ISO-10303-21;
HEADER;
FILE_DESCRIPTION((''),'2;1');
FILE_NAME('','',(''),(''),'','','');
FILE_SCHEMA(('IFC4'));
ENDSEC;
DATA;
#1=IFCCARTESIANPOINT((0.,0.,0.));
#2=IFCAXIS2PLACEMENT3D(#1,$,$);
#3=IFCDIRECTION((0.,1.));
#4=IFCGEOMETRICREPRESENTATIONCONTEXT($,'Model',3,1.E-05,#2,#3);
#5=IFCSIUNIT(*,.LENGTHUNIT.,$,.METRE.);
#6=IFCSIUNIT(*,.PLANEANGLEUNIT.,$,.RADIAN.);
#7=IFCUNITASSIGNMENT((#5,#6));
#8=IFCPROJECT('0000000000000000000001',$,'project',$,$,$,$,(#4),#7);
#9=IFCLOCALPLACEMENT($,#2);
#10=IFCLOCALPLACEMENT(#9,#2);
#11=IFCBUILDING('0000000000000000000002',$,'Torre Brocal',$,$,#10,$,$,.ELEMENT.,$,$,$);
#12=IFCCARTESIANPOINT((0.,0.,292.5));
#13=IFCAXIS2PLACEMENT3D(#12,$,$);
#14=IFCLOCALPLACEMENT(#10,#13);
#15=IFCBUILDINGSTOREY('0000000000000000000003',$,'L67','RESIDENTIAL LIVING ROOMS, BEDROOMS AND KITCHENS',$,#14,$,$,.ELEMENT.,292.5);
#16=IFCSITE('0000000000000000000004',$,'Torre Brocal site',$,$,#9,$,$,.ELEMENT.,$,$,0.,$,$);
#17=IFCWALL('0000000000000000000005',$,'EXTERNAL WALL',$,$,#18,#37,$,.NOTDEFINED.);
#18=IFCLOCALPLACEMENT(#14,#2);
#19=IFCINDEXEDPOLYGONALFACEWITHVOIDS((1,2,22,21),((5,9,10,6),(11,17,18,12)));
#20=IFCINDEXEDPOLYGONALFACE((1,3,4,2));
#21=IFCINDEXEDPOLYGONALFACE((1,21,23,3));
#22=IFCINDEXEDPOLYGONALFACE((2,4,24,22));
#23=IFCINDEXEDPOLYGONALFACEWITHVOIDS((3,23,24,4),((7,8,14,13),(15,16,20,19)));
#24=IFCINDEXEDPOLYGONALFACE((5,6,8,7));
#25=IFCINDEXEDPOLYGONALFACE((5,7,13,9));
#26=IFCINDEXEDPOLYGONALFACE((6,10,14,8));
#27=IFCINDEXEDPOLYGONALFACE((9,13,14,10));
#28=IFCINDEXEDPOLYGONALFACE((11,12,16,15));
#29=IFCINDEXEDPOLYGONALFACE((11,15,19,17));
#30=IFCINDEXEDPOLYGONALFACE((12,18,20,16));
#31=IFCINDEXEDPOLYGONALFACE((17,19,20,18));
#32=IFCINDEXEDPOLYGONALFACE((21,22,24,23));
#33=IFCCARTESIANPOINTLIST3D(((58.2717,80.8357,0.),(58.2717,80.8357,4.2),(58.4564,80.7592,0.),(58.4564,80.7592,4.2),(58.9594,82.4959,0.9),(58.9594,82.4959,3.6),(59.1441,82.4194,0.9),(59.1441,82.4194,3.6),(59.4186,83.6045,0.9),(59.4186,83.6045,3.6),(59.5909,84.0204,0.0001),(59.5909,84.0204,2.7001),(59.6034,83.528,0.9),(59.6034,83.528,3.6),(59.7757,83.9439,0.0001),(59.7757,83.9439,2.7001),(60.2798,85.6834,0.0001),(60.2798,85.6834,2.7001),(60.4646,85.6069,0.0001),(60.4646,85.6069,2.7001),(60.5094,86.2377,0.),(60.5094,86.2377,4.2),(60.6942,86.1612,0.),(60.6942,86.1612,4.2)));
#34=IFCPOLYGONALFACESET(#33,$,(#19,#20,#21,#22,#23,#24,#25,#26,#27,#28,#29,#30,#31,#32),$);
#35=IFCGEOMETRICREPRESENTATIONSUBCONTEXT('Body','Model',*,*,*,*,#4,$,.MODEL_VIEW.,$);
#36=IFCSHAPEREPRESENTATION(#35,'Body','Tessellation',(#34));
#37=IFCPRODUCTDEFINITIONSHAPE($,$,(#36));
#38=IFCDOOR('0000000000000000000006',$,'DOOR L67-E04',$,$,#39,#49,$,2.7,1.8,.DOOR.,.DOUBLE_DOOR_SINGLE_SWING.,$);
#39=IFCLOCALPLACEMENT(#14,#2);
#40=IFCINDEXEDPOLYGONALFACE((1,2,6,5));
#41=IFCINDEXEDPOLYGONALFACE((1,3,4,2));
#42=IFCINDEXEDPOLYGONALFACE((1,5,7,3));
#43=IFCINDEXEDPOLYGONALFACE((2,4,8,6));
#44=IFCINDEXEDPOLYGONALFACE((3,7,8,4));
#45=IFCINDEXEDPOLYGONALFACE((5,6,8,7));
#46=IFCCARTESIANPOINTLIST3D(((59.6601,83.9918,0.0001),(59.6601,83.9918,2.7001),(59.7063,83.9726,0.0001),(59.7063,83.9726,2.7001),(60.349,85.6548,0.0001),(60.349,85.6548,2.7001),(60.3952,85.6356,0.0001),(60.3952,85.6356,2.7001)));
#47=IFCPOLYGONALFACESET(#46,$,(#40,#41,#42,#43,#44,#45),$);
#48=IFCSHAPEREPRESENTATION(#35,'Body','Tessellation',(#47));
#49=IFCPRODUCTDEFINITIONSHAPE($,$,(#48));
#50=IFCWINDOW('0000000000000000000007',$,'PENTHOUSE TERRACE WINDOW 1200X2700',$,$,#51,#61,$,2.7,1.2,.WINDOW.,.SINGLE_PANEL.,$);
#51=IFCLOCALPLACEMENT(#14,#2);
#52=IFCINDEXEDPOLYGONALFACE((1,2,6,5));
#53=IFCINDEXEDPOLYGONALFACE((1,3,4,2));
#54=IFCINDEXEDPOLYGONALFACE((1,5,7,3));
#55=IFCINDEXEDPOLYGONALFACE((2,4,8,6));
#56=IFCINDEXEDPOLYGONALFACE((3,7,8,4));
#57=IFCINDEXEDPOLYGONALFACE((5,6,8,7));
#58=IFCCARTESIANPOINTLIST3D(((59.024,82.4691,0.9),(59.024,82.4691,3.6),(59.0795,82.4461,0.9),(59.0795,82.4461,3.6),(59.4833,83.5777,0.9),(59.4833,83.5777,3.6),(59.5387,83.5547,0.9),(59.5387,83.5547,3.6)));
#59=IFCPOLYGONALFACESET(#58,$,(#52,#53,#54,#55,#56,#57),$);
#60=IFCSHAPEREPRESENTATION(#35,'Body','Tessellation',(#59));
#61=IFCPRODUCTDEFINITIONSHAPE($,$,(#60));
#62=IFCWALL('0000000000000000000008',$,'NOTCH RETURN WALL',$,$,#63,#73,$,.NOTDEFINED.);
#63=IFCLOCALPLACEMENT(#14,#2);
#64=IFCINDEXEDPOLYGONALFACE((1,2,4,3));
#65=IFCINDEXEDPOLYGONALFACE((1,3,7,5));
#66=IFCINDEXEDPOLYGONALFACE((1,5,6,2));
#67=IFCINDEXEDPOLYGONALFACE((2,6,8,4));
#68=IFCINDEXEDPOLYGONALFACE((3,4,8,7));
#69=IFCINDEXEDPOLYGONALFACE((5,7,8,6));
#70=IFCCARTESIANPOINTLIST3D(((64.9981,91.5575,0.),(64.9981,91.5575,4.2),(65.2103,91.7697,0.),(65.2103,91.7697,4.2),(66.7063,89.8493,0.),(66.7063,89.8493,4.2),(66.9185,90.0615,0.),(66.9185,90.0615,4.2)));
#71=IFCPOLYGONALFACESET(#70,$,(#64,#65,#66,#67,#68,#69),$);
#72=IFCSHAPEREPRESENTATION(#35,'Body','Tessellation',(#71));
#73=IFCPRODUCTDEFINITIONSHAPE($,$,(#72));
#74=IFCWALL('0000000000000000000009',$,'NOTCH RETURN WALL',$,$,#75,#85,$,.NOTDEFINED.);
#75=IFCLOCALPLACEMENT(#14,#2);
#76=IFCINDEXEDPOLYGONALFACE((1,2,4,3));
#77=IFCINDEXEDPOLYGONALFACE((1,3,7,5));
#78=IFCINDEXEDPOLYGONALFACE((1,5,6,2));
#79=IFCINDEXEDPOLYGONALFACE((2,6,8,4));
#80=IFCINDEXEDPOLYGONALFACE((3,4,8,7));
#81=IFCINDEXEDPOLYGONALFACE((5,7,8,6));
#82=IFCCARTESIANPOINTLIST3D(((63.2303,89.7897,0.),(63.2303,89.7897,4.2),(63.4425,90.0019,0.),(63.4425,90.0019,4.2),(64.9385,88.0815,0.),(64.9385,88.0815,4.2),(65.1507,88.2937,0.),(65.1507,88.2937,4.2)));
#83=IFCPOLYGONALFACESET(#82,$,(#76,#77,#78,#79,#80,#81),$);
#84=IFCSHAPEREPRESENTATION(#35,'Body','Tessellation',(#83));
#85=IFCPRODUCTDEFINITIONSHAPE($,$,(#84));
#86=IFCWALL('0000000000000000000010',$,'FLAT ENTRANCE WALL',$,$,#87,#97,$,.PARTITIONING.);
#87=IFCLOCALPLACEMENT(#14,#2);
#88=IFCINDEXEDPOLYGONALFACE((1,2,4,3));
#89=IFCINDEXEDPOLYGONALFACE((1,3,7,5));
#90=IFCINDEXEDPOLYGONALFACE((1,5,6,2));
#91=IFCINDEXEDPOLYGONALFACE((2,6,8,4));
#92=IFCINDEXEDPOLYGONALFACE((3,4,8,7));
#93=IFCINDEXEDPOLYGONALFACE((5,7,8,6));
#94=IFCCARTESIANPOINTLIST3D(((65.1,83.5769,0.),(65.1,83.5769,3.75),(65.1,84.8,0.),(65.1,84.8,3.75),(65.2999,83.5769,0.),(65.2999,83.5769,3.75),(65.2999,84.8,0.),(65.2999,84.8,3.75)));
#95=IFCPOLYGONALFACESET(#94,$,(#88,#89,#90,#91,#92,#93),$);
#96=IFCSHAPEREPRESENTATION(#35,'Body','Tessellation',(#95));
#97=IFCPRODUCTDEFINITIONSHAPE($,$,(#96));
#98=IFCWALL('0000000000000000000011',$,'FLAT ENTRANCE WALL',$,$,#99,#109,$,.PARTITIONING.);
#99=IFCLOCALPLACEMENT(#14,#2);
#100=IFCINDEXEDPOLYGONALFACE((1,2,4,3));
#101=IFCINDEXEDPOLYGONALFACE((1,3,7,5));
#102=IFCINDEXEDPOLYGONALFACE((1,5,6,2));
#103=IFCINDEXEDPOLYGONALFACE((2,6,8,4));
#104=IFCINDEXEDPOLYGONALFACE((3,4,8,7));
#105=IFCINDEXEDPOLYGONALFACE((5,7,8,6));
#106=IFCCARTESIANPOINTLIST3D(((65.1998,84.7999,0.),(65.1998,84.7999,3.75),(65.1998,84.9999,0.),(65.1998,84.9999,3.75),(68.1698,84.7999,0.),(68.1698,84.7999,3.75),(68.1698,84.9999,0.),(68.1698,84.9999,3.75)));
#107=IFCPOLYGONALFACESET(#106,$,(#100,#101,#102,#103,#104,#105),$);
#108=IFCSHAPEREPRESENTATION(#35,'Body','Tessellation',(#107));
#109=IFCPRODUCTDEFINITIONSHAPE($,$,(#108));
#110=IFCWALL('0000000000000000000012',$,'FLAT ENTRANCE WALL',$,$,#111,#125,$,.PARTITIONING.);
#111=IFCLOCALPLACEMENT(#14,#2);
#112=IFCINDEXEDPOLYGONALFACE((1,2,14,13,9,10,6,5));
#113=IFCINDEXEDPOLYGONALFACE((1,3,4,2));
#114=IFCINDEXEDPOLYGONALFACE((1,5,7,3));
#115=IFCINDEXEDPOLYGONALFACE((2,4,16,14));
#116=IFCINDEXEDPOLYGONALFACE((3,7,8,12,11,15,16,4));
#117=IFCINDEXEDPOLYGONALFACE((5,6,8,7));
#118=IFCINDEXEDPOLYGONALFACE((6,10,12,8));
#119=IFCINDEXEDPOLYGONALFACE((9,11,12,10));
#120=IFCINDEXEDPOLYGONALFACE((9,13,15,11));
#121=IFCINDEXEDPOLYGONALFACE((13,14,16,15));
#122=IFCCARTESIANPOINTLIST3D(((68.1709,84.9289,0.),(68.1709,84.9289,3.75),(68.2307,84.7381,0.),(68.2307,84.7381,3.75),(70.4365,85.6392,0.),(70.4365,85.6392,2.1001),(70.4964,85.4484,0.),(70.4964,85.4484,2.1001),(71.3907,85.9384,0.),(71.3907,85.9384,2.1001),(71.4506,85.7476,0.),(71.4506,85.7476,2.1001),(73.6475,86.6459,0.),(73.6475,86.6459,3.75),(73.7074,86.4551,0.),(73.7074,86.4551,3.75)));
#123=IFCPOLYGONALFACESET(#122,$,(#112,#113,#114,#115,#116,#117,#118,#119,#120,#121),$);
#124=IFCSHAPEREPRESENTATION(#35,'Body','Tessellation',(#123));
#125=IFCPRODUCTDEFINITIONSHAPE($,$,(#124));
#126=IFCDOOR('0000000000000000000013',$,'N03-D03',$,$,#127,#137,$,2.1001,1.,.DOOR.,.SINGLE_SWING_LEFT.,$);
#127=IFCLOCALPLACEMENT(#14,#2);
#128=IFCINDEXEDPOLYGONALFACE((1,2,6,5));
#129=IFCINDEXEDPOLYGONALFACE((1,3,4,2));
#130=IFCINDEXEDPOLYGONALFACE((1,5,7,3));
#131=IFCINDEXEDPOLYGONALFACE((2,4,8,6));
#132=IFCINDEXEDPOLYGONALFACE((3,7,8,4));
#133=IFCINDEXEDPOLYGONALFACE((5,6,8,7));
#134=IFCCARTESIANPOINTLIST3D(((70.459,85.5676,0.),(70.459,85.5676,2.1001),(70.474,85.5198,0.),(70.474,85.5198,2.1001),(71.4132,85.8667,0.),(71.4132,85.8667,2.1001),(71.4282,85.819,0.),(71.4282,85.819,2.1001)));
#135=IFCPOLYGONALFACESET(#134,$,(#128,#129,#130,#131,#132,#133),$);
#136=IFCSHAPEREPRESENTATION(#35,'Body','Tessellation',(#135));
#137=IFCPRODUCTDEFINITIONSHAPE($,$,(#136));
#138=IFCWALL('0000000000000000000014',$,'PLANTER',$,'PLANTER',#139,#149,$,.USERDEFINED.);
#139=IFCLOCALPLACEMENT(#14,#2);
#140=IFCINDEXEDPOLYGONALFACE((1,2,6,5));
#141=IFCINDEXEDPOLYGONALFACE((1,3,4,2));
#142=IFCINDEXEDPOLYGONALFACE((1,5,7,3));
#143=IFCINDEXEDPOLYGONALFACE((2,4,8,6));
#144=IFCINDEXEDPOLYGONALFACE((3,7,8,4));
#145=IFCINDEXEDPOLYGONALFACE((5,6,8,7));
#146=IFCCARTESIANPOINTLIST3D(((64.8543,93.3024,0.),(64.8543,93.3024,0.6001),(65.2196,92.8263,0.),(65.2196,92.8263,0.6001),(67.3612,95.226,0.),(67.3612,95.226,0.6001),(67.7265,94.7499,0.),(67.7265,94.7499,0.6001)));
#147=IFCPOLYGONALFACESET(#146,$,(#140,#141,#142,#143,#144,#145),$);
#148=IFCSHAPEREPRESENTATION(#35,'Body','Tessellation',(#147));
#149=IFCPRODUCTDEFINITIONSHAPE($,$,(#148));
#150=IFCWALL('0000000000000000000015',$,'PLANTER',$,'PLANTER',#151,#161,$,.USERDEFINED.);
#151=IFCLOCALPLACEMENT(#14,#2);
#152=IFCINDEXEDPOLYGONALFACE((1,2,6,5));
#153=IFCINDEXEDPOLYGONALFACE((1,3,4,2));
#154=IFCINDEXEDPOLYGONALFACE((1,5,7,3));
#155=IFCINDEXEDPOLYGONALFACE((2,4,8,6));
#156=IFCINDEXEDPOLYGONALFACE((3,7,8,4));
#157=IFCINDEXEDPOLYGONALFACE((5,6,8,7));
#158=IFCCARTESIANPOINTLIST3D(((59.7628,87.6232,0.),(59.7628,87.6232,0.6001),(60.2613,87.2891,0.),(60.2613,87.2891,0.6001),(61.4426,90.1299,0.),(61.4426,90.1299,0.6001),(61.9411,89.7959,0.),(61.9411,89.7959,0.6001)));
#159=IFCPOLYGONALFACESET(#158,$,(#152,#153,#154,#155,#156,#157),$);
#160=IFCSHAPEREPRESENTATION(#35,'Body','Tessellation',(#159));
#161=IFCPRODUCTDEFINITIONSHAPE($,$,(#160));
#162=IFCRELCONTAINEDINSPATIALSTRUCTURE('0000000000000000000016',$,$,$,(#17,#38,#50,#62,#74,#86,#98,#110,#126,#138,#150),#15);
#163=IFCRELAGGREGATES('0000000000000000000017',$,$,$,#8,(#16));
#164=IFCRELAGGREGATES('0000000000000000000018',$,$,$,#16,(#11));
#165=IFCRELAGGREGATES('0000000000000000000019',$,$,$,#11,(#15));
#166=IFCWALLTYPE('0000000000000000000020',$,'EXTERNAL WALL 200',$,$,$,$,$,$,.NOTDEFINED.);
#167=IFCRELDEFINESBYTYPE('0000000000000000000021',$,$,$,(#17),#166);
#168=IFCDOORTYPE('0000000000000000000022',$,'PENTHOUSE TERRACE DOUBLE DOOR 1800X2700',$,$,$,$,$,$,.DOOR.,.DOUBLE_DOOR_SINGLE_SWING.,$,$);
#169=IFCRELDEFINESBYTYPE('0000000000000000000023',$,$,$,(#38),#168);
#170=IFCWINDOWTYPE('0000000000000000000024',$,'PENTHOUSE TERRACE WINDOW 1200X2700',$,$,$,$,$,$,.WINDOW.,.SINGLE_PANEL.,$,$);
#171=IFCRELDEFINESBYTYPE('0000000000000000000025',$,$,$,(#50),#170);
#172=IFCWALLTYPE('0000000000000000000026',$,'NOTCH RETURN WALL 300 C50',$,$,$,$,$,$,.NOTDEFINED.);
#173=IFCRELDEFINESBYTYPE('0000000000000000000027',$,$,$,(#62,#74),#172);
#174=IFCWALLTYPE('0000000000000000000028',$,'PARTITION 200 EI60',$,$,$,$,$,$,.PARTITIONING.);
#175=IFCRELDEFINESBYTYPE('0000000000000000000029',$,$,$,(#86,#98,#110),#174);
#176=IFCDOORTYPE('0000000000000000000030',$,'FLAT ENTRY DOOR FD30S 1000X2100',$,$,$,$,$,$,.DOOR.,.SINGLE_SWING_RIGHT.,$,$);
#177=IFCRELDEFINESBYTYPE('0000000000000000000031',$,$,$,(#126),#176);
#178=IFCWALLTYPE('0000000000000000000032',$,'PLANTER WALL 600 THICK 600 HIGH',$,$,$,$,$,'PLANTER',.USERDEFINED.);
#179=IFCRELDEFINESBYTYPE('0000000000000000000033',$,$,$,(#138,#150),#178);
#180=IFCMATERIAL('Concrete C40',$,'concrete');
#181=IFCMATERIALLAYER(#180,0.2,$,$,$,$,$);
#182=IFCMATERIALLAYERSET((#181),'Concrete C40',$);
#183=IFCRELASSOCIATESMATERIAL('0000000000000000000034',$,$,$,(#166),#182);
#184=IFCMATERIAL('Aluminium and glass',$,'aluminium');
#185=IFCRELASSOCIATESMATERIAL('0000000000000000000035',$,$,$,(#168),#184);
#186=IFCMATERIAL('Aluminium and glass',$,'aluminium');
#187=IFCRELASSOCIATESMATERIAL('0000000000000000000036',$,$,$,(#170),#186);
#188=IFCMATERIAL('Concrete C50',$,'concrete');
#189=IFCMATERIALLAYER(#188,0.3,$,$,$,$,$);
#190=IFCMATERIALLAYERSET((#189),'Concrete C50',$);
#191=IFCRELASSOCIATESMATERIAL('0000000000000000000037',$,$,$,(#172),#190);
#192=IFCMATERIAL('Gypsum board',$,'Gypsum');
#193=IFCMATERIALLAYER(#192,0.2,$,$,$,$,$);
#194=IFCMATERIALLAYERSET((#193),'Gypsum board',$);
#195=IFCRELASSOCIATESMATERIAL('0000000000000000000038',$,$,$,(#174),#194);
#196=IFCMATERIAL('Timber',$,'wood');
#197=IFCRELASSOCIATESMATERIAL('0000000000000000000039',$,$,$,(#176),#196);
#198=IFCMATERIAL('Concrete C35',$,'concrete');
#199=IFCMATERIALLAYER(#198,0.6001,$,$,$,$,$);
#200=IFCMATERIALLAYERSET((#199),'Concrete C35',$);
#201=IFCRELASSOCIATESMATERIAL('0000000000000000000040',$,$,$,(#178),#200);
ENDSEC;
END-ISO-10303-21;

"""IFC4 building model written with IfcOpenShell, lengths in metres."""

from ifc_helpers import new_model, si_unit, direction, frame, frame_2d, origin, place, context, subcontext, project, spatial, rectangle, extrude, material, layer, layer_set, type_object, element, fill, save


model = new_model("IFC4")

# Units and contexts
model_context = context("Model", 3, precision=1e-05, world=origin(), true_north=direction((0.0, 1.0)))
body_context = subcontext(model_context, "Body", "Model", "MODEL_VIEW")
ifc_project = project(units=[si_unit("LENGTHUNIT", "METRE"), si_unit("PLANEANGLEUNIT", "RADIAN")], contexts=[model_context])

# Site, building, storey
site_placement = place(None, origin())
site = spatial("IfcSite", under=ifc_project, at=site_placement, Name="Torre Brocal site", CompositionType="ELEMENT", RefElevation=0.0)
building_placement = place(site_placement, origin())
building = spatial("IfcBuilding", under=site, at=building_placement, Name="Torre Brocal", CompositionType="ELEMENT")
storey_placement = place(building_placement, frame((0.0, 0.0, 292.5)))
storey = spatial("IfcBuildingStorey", under=building, at=storey_placement, Name="L67", Description="RESIDENTIAL LIVING ROOMS, BEDROOMS AND KITCHENS", CompositionType="ELEMENT", Elevation=292.5)

# Wall, openings, door, window
ifc_material_1 = material(Name="Concrete C40", Category="concrete")
ifc_layer_1 = layer(ifc_material_1, 0.2)
ifc_layer_set_1 = layer_set([ifc_layer_1], Name="Concrete C40")
wall_type_1 = type_object("IfcWallType", Name="EXTERNAL WALL 200", PredefinedType="NOTDEFINED", material=ifc_layer_set_1)
wall_1_placement = place(storey_placement, frame((60.6018, 86.1995, 0.0), z_axis=(0.0, 0.0, 1.0), x_axis=(-0.382708, -0.923869, 0.0)))
wall_1 = element("IfcWall", 1, at=wall_1_placement, inside=storey, type_object=wall_type_1, Name="EXTERNAL WALL", PredefinedType="NOTDEFINED", context=body_context, shape_type="SweptSolid", body=[
    extrude(rectangle(XDim=5.8472, YDim=0.2, at=frame_2d((2.9236, 0.0))), origin(), (0.0, 0.0, 1.0), 4.2),
])
opening_1_placement = place(wall_1_placement, frame((0.6001, 0.0, 0.0)))
opening_1 = element("IfcOpeningElement", 2, at=opening_1_placement, cuts=wall_1, PredefinedType="OPENING", context=body_context, shape_type="SweptSolid", body=[
    extrude(rectangle(XDim=1.8, YDim=2.7, at=frame_2d((0.8999, 1.3501))), frame((0.0, 0.1099, 0.0), z_axis=(0.0, -1.0, 0.0), x_axis=(1.0, 0.0, 0.0)), (0.0, 0.0, 1.0), 0.22),
])
opening_2_placement = place(wall_1_placement, frame((2.8501, 0.0, 0.8999)))
opening_2 = element("IfcOpeningElement", 3, at=opening_2_placement, cuts=wall_1, PredefinedType="OPENING", context=body_context, shape_type="SweptSolid", body=[
    extrude(rectangle(XDim=1.2, YDim=2.7, at=frame_2d((0.6001, 1.3501))), frame((0.0, 0.1099, 0.0), z_axis=(0.0, -1.0, 0.0), x_axis=(1.0, 0.0, 0.0)), (0.0, 0.0, 1.0), 0.22),
])
ifc_material_2 = material(Name="Aluminium and glass", Category="aluminium")
door_type_1 = type_object("IfcDoorType", Name="PENTHOUSE TERRACE DOUBLE DOOR 1800X2700", OperationType="DOUBLE_DOOR_SINGLE_SWING", PredefinedType="DOOR", material=ifc_material_2)
door_1_placement = place(opening_1_placement, origin())
door_1 = element("IfcDoor", 4, at=door_1_placement, inside=storey, type_object=door_type_1, Name="DOOR L67-E04", OperationType="DOUBLE_DOOR_SINGLE_SWING", OverallHeight=2.7, OverallWidth=1.8, PredefinedType="DOOR", context=body_context, shape_type="SweptSolid", body=[
    extrude(rectangle(XDim=1.8, YDim=2.7, at=frame_2d((0.8999, 1.3501))), frame((0.0, 0.0249, 0.0), z_axis=(0.0, -1.0, 0.0), x_axis=(1.0, 0.0, 0.0)), (0.0, 0.0, 1.0), 0.05),
])
fill(opening_1, door_1)
ifc_material_3 = material(Name="Aluminium and glass", Category="aluminium")
window_type = type_object("IfcWindowType", Name="PENTHOUSE TERRACE WINDOW 1200X2700", PartitioningType="SINGLE_PANEL", PredefinedType="WINDOW", material=ifc_material_3)
window_placement = place(opening_2_placement, origin())
window = element("IfcWindow", 5, at=window_placement, inside=storey, type_object=window_type, Name="PENTHOUSE TERRACE WINDOW 1200X2700", OverallHeight=2.7, OverallWidth=1.2, PartitioningType="SINGLE_PANEL", PredefinedType="WINDOW", context=body_context, shape_type="SweptSolid", body=[
    extrude(rectangle(XDim=1.2, YDim=2.7, at=frame_2d((0.6001, 1.3501))), frame((0.0, 0.03, 0.0), z_axis=(0.0, -1.0, 0.0), x_axis=(1.0, 0.0, 0.0)), (0.0, 0.0, 1.0), 0.0601),
])
fill(opening_2, window)

# Walls
ifc_material_4 = material(Name="Concrete C50", Category="concrete")
ifc_layer_2 = layer(ifc_material_4, 0.3)
ifc_layer_set_2 = layer_set([ifc_layer_2], Name="Concrete C50")
wall_type_2 = type_object("IfcWallType", Name="NOTCH RETURN WALL 300 C50", PredefinedType="NOTDEFINED", material=ifc_layer_set_2)
for number, where, z_axis, x_axis, name in (
    (6, (66.8125, 89.9553, 0.0), (0.0, 0.0, 1.0), (-0.707107, 0.707107, 0.0), "NOTCH RETURN WALL"),
    (7, (65.0447, 88.1875, 0.0), (0.0, 0.0, 1.0), (-0.707107, 0.707107, 0.0), "NOTCH RETURN WALL"),
):
    element("IfcWall", number, at=place(storey_placement, frame(where, z_axis=z_axis, x_axis=x_axis)), inside=storey, type_object=wall_type_2, Name=name, PredefinedType="NOTDEFINED", context=body_context, shape_type="SweptSolid", body=[
        extrude(rectangle(XDim=2.4158, YDim=0.3, at=frame_2d((1.208, 0.0))), origin(), (0.0, 0.0, 1.0), 4.2),
    ])
ifc_material_5 = material(Name="Gypsum board", Category="Gypsum")
ifc_layer_3 = layer(ifc_material_5, 0.2)
ifc_layer_set_3 = layer_set([ifc_layer_3], Name="Gypsum board")
wall_type_3 = type_object("IfcWallType", Name="PARTITION 200 EI60", PredefinedType="PARTITIONING", material=ifc_layer_set_3)
wall_2_placement = place(storey_placement, frame((65.2, 83.5769, 0.0), z_axis=(0.0, 0.0, 1.0), x_axis=(0.0, 1.0, 0.0)))
element("IfcWall", 8, at=wall_2_placement, inside=storey, type_object=wall_type_3, Name="FLAT ENTRANCE WALL", PredefinedType="PARTITIONING", context=body_context, shape_type="SweptSolid", body=[
    extrude(rectangle(XDim=1.2231, YDim=0.2, at=frame_2d((0.6116, 0.0))), origin(), (0.0, 0.0, 1.0), 3.75),
])
wall_3_placement = place(storey_placement, frame((65.2, 84.8999, 0.0), z_axis=(0.0, 0.0, 1.0), x_axis=(1.0, 0.0, 0.0)))
element("IfcWall", 9, at=wall_3_placement, inside=storey, type_object=wall_type_3, Name="FLAT ENTRANCE WALL", PredefinedType="PARTITIONING", context=body_context, shape_type="SweptSolid", body=[
    extrude(rectangle(XDim=2.97, YDim=0.2, at=frame_2d((1.4849, 0.0))), origin(), (0.0, 0.0, 1.0), 3.75),
])

# Wall, opening, door
wall_4_placement = place(storey_placement, frame((68.2009, 84.8335, 0.0), z_axis=(0.0, 0.0, 1.0), x_axis=(0.954201, 0.299166, 0.0)))
wall_4 = element("IfcWall", 10, at=wall_4_placement, inside=storey, type_object=wall_type_3, Name="FLAT ENTRANCE WALL", PredefinedType="PARTITIONING", context=body_context, shape_type="SweptSolid", body=[
    extrude(rectangle(XDim=5.7395, YDim=0.2, at=frame_2d((2.8696, 0.0))), origin(), (0.0, 0.0, 1.0), 3.75),
])
opening_3_placement = place(wall_4_placement, frame((2.3743, 0.0, 0.0)))
opening_3 = element("IfcOpeningElement", 11, at=opening_3_placement, cuts=wall_4, PredefinedType="OPENING", context=body_context, shape_type="SweptSolid", body=[
    extrude(rectangle(XDim=1.0, YDim=2.1001, at=frame_2d((0.5, 1.05))), frame((0.0, 0.1099, 0.0), z_axis=(0.0, -1.0, 0.0), x_axis=(1.0, 0.0, 0.0)), (0.0, 0.0, 1.0), 0.22),
])
ifc_material_6 = material(Name="Timber", Category="wood")
door_type_2 = type_object("IfcDoorType", Name="FLAT ENTRY DOOR FD30S 1000X2100", OperationType="SINGLE_SWING_RIGHT", PredefinedType="DOOR", material=ifc_material_6)
door_2_placement = place(opening_3_placement, origin())
door_2 = element("IfcDoor", 12, at=door_2_placement, inside=storey, type_object=door_type_2, Name="N03-D03", OperationType="SINGLE_SWING_LEFT", OverallHeight=2.1001, OverallWidth=1.0, PredefinedType="DOOR", context=body_context, shape_type="SweptSolid", body=[
    extrude(rectangle(XDim=1.0, YDim=2.1001, at=frame_2d((0.5, 1.05))), frame((0.0, 0.0249, 0.0), z_axis=(0.0, -1.0, 0.0), x_axis=(1.0, 0.0, 0.0)), (0.0, 0.0, 1.0), 0.05),
])
fill(opening_3, door_2)

# Walls
ifc_material_7 = material(Name="Concrete C35", Category="concrete")
ifc_layer_4 = layer(ifc_material_7, 0.6001)
ifc_layer_set_4 = layer_set([ifc_layer_4], Name="Concrete C35")
wall_type_4 = type_object("IfcWallType", Name="PLANTER WALL 600 THICK 600 HIGH", ElementType="PLANTER", PredefinedType="USERDEFINED", material=ifc_layer_set_4)
wall_5_placement = place(storey_placement, frame((67.5439, 94.988, 0.0), z_axis=(0.0, 0.0, 1.0), x_axis=(-0.79335, -0.608766, 0.0)))
element("IfcWall", 13, at=wall_5_placement, inside=storey, type_object=wall_type_4, Name="PLANTER", ObjectType="PLANTER", PredefinedType="USERDEFINED", context=body_context, shape_type="SweptSolid", body=[
    extrude(rectangle(XDim=3.1599, YDim=0.6001, at=frame_2d((1.5801, 0.0))), origin(), (0.0, 0.0, 1.0), 0.6001),
])
wall_6_placement = place(storey_placement, frame((61.6919, 89.9629, 0.0), z_axis=(0.0, 0.0, 1.0), x_axis=(-0.556696, -0.830716, 0.0)))
element("IfcWall", 14, at=wall_6_placement, inside=storey, type_object=wall_type_4, Name="PLANTER", ObjectType="PLANTER", PredefinedType="USERDEFINED", context=body_context, shape_type="SweptSolid", body=[
    extrude(rectangle(XDim=3.0176, YDim=0.6001, at=frame_2d((1.5088, 0.0))), origin(), (0.0, 0.0, 1.0), 0.6001),
])

save(model, "model.ifc")
